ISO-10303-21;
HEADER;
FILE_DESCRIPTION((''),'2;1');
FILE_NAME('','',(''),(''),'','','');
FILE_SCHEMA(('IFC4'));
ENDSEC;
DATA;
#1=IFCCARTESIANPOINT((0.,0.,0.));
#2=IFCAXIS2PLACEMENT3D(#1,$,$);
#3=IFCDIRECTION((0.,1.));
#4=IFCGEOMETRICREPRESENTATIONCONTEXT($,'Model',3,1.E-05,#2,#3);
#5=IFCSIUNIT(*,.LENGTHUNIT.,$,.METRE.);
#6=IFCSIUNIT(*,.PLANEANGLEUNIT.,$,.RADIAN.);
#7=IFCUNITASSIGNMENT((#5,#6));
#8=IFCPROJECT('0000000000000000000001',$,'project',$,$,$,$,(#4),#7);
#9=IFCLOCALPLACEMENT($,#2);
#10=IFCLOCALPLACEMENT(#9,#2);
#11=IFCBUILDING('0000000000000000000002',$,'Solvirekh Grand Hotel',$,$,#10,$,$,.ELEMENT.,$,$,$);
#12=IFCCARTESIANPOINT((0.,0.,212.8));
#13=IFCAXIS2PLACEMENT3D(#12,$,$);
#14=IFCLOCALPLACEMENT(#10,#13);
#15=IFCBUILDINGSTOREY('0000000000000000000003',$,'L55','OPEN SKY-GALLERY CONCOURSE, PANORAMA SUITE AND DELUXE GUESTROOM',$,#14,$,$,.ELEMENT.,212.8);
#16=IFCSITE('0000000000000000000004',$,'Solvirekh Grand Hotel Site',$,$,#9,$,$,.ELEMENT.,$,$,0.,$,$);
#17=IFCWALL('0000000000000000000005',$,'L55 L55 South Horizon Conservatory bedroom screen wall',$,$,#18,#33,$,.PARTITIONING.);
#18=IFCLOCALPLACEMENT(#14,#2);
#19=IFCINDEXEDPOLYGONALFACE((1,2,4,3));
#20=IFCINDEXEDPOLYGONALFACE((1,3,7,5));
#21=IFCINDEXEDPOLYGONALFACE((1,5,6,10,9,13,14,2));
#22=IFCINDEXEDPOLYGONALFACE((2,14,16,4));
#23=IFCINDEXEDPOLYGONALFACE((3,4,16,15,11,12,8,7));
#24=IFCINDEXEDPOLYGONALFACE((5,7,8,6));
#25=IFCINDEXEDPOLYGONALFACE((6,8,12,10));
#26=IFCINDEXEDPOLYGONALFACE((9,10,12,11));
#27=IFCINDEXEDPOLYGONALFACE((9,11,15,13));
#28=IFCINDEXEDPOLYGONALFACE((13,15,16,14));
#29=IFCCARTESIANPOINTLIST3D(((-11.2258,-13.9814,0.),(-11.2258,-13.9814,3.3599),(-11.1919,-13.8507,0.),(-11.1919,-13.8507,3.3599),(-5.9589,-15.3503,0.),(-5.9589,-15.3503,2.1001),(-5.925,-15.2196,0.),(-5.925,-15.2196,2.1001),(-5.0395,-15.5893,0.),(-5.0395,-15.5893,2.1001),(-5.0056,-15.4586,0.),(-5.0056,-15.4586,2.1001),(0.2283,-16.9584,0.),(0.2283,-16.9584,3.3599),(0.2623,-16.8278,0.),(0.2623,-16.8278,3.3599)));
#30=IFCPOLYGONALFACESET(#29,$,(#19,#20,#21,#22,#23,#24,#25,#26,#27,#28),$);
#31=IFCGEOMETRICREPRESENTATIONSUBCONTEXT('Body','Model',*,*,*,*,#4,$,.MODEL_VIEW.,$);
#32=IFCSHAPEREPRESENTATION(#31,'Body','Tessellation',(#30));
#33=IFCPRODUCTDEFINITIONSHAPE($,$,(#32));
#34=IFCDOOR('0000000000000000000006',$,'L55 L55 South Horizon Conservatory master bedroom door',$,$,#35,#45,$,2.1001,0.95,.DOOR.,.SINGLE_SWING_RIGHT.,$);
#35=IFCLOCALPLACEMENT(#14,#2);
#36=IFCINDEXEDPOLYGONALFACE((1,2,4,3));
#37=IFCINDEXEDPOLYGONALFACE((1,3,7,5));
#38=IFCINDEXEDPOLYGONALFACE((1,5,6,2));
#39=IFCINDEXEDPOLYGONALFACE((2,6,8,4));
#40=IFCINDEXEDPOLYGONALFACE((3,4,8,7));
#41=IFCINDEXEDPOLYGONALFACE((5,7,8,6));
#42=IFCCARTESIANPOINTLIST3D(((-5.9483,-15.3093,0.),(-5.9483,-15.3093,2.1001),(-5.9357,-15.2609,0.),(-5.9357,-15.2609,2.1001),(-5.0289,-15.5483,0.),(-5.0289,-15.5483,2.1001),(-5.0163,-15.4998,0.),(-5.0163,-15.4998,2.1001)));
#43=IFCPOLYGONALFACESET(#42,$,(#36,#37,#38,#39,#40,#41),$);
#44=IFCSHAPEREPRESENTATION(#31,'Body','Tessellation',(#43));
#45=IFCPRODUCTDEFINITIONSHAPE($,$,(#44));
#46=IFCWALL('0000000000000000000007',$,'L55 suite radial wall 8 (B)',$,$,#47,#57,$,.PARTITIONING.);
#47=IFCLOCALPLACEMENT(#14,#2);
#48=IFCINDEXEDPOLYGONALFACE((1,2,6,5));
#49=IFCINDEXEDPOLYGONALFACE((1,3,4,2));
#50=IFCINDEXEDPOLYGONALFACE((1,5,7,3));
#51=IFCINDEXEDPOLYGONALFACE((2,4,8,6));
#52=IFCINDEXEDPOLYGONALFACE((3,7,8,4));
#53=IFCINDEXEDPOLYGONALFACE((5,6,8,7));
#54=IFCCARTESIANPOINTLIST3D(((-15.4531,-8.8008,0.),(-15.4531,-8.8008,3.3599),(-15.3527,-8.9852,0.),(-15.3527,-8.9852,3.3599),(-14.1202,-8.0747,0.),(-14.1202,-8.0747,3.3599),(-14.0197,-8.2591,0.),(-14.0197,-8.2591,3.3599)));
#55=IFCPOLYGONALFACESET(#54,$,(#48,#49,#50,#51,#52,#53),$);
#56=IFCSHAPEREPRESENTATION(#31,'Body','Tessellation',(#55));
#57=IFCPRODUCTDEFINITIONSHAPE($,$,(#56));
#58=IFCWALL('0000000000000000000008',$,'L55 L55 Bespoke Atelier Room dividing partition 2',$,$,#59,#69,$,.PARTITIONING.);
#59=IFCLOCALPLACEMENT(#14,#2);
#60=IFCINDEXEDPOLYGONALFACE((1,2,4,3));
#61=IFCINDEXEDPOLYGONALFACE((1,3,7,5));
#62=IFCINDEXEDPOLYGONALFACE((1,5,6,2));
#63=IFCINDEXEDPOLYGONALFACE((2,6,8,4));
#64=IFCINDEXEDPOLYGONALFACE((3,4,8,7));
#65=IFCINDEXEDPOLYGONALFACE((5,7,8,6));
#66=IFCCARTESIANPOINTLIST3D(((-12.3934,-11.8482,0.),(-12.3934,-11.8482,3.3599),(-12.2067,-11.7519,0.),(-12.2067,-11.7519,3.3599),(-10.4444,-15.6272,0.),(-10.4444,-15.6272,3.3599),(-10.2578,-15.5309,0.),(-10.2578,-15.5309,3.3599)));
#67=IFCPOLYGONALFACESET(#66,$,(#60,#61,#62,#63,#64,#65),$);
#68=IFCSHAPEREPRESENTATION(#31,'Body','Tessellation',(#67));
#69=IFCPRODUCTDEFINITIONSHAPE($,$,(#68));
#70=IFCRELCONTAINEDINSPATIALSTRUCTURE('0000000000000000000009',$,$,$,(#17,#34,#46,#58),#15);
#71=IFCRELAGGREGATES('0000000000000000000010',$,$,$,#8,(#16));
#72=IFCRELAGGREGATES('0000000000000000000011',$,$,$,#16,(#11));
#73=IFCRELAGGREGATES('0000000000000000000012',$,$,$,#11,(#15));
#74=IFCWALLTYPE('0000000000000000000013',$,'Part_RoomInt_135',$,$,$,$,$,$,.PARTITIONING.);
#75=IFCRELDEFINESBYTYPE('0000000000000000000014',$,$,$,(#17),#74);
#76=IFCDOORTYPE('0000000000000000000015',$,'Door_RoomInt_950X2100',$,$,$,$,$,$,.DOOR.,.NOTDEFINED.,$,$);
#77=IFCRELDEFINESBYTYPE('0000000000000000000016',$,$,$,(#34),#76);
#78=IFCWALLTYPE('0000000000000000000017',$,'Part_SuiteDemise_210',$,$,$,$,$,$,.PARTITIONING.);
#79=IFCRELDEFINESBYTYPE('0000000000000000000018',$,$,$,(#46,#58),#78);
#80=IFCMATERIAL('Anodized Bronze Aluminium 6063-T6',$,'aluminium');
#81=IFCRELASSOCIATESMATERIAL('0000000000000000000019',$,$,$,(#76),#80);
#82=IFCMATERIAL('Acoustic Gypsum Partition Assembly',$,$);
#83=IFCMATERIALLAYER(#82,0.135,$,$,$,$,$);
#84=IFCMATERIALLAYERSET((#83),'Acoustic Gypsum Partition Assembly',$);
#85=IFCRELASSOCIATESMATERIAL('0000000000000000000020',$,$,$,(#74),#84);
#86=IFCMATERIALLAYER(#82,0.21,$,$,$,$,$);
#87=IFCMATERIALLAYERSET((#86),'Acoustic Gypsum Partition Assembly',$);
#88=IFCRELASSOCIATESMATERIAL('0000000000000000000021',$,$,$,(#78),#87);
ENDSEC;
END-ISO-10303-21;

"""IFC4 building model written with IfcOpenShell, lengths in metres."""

from ifc_helpers import new_model, si_unit, direction, frame, frame_2d, origin, place, context, subcontext, project, spatial, rectangle, extrude, material, layer, layer_set, type_object, element, fill, save


model = new_model("IFC4")

# Units and contexts
model_context = context("Model", 3, precision=1e-05, world=origin(), true_north=direction((0.0, 1.0)))
body_context = subcontext(model_context, "Body", "Model", "MODEL_VIEW")
ifc_project = project(units=[si_unit("LENGTHUNIT", "METRE"), si_unit("PLANEANGLEUNIT", "RADIAN")], contexts=[model_context])

# Site, building, storey
site_placement = place(None, origin())
site = spatial("IfcSite", under=ifc_project, at=site_placement, Name="Solvirekh Grand Hotel Site", CompositionType="ELEMENT", RefElevation=0.0)
building_placement = place(site_placement, origin())
building = spatial("IfcBuilding", under=site, at=building_placement, Name="Solvirekh Grand Hotel", CompositionType="ELEMENT")
storey_placement = place(building_placement, frame((0.0, 0.0, 212.8)))
storey = spatial("IfcBuildingStorey", under=building, at=storey_placement, Name="L55", Description="OPEN SKY-GALLERY CONCOURSE, PANORAMA SUITE AND DELUXE GUESTROOM", CompositionType="ELEMENT", Elevation=212.8)

# Shared definitions
ifc_material_1 = material(Name="Anodized Bronze Aluminium 6063-T6", Category="aluminium")

# Wall, opening, door
ifc_material_2 = material(Name="Acoustic Gypsum Partition Assembly")
door_type = type_object("IfcDoorType", Name="Door_RoomInt_950X2100", OperationType="NOTDEFINED", PredefinedType="DOOR", material=ifc_material_1)
ifc_layer_1 = layer(ifc_material_2, 0.135)
ifc_layer_set_1 = layer_set([ifc_layer_1], Name="Acoustic Gypsum Partition Assembly")
wall_type_1 = type_object("IfcWallType", Name="Part_RoomInt_135", PredefinedType="PARTITIONING", material=ifc_layer_set_1)
wall_1_placement = place(storey_placement, frame((-11.209, -13.916, 0.0), z_axis=(0.0, 0.0, 1.0), x_axis=(0.967843, -0.251553, 0.0)))
wall_1 = element("IfcWall", 1, at=wall_1_placement, inside=storey, type_object=wall_type_1, Name="L55 L55 South Horizon Conservatory bedroom screen wall", PredefinedType="PARTITIONING", context=body_context, shape_type="SweptSolid", body=[
    extrude(rectangle(XDim=11.8347, YDim=0.135, at=frame_2d((5.9175, 0.0))), origin(), (0.0, 0.0, 1.0), 3.3599),
])
opening_1_placement = place(wall_1_placement, frame((5.4419, 0.0, 0.0)))
opening_1 = element("IfcOpeningElement", 2, at=opening_1_placement, cuts=wall_1, PredefinedType="OPENING", context=body_context, shape_type="SweptSolid", body=[
    extrude(rectangle(XDim=0.95, YDim=2.1001, at=frame_2d((0.4751, 1.05))), frame((0.0, 0.0776, 0.0), z_axis=(0.0, -1.0, 0.0), x_axis=(1.0, 0.0, 0.0)), (0.0, 0.0, 1.0), 0.155),
])
door_1_placement = place(opening_1_placement, origin())
door_1 = element("IfcDoor", 3, at=door_1_placement, inside=storey, type_object=door_type, Name="L55 L55 South Horizon Conservatory master bedroom door", OperationType="SINGLE_SWING_RIGHT", OverallHeight=2.1001, OverallWidth=0.95, PredefinedType="DOOR", context=body_context, shape_type="SweptSolid", body=[
    extrude(rectangle(XDim=0.95, YDim=2.1001, at=frame_2d((0.4751, 1.05))), frame((0.0, 0.0249, 0.0), z_axis=(0.0, -1.0, 0.0), x_axis=(1.0, 0.0, 0.0)), (0.0, 0.0, 1.0), 0.05),
])
fill(opening_1, door_1)

# Walls
ifc_layer_2 = layer(ifc_material_2, 0.21)
ifc_layer_set_2 = layer_set([ifc_layer_2], Name="Acoustic Gypsum Partition Assembly")
wall_type_2 = type_object("IfcWallType", Name="Part_SuiteDemise_210", PredefinedType="PARTITIONING", material=ifc_layer_set_2)
wall_2_placement = place(storey_placement, frame((-14.0701, -8.167, 0.0), z_axis=(0.0, 0.0, 1.0), x_axis=(-0.878178, -0.478334, 0.0)))
element("IfcWall", 4, at=wall_2_placement, inside=storey, type_object=wall_type_2, Name="L55 suite radial wall 8 (B)", PredefinedType="PARTITIONING", context=body_context, shape_type="SweptSolid", body=[
    extrude(rectangle(XDim=1.5178, YDim=0.21, at=frame_2d((0.7588, 0.0))), origin(), (0.0, 0.0, 1.0), 3.3599),
])
wall_3_placement = place(storey_placement, frame((-12.3, -11.8, 0.0), z_axis=(0.0, 0.0, 1.0), x_axis=(0.458364, -0.888765, 0.0)))
element("IfcWall", 5, at=wall_3_placement, inside=storey, type_object=wall_type_2, Name="L55 L55 Bespoke Atelier Room dividing partition 2", PredefinedType="PARTITIONING", context=body_context, shape_type="SweptSolid", body=[
    extrude(rectangle(XDim=4.252, YDim=0.21, at=frame_2d((2.126, 0.0))), origin(), (0.0, 0.0, 1.0), 3.3599),
])

save(model, "model.ifc")
